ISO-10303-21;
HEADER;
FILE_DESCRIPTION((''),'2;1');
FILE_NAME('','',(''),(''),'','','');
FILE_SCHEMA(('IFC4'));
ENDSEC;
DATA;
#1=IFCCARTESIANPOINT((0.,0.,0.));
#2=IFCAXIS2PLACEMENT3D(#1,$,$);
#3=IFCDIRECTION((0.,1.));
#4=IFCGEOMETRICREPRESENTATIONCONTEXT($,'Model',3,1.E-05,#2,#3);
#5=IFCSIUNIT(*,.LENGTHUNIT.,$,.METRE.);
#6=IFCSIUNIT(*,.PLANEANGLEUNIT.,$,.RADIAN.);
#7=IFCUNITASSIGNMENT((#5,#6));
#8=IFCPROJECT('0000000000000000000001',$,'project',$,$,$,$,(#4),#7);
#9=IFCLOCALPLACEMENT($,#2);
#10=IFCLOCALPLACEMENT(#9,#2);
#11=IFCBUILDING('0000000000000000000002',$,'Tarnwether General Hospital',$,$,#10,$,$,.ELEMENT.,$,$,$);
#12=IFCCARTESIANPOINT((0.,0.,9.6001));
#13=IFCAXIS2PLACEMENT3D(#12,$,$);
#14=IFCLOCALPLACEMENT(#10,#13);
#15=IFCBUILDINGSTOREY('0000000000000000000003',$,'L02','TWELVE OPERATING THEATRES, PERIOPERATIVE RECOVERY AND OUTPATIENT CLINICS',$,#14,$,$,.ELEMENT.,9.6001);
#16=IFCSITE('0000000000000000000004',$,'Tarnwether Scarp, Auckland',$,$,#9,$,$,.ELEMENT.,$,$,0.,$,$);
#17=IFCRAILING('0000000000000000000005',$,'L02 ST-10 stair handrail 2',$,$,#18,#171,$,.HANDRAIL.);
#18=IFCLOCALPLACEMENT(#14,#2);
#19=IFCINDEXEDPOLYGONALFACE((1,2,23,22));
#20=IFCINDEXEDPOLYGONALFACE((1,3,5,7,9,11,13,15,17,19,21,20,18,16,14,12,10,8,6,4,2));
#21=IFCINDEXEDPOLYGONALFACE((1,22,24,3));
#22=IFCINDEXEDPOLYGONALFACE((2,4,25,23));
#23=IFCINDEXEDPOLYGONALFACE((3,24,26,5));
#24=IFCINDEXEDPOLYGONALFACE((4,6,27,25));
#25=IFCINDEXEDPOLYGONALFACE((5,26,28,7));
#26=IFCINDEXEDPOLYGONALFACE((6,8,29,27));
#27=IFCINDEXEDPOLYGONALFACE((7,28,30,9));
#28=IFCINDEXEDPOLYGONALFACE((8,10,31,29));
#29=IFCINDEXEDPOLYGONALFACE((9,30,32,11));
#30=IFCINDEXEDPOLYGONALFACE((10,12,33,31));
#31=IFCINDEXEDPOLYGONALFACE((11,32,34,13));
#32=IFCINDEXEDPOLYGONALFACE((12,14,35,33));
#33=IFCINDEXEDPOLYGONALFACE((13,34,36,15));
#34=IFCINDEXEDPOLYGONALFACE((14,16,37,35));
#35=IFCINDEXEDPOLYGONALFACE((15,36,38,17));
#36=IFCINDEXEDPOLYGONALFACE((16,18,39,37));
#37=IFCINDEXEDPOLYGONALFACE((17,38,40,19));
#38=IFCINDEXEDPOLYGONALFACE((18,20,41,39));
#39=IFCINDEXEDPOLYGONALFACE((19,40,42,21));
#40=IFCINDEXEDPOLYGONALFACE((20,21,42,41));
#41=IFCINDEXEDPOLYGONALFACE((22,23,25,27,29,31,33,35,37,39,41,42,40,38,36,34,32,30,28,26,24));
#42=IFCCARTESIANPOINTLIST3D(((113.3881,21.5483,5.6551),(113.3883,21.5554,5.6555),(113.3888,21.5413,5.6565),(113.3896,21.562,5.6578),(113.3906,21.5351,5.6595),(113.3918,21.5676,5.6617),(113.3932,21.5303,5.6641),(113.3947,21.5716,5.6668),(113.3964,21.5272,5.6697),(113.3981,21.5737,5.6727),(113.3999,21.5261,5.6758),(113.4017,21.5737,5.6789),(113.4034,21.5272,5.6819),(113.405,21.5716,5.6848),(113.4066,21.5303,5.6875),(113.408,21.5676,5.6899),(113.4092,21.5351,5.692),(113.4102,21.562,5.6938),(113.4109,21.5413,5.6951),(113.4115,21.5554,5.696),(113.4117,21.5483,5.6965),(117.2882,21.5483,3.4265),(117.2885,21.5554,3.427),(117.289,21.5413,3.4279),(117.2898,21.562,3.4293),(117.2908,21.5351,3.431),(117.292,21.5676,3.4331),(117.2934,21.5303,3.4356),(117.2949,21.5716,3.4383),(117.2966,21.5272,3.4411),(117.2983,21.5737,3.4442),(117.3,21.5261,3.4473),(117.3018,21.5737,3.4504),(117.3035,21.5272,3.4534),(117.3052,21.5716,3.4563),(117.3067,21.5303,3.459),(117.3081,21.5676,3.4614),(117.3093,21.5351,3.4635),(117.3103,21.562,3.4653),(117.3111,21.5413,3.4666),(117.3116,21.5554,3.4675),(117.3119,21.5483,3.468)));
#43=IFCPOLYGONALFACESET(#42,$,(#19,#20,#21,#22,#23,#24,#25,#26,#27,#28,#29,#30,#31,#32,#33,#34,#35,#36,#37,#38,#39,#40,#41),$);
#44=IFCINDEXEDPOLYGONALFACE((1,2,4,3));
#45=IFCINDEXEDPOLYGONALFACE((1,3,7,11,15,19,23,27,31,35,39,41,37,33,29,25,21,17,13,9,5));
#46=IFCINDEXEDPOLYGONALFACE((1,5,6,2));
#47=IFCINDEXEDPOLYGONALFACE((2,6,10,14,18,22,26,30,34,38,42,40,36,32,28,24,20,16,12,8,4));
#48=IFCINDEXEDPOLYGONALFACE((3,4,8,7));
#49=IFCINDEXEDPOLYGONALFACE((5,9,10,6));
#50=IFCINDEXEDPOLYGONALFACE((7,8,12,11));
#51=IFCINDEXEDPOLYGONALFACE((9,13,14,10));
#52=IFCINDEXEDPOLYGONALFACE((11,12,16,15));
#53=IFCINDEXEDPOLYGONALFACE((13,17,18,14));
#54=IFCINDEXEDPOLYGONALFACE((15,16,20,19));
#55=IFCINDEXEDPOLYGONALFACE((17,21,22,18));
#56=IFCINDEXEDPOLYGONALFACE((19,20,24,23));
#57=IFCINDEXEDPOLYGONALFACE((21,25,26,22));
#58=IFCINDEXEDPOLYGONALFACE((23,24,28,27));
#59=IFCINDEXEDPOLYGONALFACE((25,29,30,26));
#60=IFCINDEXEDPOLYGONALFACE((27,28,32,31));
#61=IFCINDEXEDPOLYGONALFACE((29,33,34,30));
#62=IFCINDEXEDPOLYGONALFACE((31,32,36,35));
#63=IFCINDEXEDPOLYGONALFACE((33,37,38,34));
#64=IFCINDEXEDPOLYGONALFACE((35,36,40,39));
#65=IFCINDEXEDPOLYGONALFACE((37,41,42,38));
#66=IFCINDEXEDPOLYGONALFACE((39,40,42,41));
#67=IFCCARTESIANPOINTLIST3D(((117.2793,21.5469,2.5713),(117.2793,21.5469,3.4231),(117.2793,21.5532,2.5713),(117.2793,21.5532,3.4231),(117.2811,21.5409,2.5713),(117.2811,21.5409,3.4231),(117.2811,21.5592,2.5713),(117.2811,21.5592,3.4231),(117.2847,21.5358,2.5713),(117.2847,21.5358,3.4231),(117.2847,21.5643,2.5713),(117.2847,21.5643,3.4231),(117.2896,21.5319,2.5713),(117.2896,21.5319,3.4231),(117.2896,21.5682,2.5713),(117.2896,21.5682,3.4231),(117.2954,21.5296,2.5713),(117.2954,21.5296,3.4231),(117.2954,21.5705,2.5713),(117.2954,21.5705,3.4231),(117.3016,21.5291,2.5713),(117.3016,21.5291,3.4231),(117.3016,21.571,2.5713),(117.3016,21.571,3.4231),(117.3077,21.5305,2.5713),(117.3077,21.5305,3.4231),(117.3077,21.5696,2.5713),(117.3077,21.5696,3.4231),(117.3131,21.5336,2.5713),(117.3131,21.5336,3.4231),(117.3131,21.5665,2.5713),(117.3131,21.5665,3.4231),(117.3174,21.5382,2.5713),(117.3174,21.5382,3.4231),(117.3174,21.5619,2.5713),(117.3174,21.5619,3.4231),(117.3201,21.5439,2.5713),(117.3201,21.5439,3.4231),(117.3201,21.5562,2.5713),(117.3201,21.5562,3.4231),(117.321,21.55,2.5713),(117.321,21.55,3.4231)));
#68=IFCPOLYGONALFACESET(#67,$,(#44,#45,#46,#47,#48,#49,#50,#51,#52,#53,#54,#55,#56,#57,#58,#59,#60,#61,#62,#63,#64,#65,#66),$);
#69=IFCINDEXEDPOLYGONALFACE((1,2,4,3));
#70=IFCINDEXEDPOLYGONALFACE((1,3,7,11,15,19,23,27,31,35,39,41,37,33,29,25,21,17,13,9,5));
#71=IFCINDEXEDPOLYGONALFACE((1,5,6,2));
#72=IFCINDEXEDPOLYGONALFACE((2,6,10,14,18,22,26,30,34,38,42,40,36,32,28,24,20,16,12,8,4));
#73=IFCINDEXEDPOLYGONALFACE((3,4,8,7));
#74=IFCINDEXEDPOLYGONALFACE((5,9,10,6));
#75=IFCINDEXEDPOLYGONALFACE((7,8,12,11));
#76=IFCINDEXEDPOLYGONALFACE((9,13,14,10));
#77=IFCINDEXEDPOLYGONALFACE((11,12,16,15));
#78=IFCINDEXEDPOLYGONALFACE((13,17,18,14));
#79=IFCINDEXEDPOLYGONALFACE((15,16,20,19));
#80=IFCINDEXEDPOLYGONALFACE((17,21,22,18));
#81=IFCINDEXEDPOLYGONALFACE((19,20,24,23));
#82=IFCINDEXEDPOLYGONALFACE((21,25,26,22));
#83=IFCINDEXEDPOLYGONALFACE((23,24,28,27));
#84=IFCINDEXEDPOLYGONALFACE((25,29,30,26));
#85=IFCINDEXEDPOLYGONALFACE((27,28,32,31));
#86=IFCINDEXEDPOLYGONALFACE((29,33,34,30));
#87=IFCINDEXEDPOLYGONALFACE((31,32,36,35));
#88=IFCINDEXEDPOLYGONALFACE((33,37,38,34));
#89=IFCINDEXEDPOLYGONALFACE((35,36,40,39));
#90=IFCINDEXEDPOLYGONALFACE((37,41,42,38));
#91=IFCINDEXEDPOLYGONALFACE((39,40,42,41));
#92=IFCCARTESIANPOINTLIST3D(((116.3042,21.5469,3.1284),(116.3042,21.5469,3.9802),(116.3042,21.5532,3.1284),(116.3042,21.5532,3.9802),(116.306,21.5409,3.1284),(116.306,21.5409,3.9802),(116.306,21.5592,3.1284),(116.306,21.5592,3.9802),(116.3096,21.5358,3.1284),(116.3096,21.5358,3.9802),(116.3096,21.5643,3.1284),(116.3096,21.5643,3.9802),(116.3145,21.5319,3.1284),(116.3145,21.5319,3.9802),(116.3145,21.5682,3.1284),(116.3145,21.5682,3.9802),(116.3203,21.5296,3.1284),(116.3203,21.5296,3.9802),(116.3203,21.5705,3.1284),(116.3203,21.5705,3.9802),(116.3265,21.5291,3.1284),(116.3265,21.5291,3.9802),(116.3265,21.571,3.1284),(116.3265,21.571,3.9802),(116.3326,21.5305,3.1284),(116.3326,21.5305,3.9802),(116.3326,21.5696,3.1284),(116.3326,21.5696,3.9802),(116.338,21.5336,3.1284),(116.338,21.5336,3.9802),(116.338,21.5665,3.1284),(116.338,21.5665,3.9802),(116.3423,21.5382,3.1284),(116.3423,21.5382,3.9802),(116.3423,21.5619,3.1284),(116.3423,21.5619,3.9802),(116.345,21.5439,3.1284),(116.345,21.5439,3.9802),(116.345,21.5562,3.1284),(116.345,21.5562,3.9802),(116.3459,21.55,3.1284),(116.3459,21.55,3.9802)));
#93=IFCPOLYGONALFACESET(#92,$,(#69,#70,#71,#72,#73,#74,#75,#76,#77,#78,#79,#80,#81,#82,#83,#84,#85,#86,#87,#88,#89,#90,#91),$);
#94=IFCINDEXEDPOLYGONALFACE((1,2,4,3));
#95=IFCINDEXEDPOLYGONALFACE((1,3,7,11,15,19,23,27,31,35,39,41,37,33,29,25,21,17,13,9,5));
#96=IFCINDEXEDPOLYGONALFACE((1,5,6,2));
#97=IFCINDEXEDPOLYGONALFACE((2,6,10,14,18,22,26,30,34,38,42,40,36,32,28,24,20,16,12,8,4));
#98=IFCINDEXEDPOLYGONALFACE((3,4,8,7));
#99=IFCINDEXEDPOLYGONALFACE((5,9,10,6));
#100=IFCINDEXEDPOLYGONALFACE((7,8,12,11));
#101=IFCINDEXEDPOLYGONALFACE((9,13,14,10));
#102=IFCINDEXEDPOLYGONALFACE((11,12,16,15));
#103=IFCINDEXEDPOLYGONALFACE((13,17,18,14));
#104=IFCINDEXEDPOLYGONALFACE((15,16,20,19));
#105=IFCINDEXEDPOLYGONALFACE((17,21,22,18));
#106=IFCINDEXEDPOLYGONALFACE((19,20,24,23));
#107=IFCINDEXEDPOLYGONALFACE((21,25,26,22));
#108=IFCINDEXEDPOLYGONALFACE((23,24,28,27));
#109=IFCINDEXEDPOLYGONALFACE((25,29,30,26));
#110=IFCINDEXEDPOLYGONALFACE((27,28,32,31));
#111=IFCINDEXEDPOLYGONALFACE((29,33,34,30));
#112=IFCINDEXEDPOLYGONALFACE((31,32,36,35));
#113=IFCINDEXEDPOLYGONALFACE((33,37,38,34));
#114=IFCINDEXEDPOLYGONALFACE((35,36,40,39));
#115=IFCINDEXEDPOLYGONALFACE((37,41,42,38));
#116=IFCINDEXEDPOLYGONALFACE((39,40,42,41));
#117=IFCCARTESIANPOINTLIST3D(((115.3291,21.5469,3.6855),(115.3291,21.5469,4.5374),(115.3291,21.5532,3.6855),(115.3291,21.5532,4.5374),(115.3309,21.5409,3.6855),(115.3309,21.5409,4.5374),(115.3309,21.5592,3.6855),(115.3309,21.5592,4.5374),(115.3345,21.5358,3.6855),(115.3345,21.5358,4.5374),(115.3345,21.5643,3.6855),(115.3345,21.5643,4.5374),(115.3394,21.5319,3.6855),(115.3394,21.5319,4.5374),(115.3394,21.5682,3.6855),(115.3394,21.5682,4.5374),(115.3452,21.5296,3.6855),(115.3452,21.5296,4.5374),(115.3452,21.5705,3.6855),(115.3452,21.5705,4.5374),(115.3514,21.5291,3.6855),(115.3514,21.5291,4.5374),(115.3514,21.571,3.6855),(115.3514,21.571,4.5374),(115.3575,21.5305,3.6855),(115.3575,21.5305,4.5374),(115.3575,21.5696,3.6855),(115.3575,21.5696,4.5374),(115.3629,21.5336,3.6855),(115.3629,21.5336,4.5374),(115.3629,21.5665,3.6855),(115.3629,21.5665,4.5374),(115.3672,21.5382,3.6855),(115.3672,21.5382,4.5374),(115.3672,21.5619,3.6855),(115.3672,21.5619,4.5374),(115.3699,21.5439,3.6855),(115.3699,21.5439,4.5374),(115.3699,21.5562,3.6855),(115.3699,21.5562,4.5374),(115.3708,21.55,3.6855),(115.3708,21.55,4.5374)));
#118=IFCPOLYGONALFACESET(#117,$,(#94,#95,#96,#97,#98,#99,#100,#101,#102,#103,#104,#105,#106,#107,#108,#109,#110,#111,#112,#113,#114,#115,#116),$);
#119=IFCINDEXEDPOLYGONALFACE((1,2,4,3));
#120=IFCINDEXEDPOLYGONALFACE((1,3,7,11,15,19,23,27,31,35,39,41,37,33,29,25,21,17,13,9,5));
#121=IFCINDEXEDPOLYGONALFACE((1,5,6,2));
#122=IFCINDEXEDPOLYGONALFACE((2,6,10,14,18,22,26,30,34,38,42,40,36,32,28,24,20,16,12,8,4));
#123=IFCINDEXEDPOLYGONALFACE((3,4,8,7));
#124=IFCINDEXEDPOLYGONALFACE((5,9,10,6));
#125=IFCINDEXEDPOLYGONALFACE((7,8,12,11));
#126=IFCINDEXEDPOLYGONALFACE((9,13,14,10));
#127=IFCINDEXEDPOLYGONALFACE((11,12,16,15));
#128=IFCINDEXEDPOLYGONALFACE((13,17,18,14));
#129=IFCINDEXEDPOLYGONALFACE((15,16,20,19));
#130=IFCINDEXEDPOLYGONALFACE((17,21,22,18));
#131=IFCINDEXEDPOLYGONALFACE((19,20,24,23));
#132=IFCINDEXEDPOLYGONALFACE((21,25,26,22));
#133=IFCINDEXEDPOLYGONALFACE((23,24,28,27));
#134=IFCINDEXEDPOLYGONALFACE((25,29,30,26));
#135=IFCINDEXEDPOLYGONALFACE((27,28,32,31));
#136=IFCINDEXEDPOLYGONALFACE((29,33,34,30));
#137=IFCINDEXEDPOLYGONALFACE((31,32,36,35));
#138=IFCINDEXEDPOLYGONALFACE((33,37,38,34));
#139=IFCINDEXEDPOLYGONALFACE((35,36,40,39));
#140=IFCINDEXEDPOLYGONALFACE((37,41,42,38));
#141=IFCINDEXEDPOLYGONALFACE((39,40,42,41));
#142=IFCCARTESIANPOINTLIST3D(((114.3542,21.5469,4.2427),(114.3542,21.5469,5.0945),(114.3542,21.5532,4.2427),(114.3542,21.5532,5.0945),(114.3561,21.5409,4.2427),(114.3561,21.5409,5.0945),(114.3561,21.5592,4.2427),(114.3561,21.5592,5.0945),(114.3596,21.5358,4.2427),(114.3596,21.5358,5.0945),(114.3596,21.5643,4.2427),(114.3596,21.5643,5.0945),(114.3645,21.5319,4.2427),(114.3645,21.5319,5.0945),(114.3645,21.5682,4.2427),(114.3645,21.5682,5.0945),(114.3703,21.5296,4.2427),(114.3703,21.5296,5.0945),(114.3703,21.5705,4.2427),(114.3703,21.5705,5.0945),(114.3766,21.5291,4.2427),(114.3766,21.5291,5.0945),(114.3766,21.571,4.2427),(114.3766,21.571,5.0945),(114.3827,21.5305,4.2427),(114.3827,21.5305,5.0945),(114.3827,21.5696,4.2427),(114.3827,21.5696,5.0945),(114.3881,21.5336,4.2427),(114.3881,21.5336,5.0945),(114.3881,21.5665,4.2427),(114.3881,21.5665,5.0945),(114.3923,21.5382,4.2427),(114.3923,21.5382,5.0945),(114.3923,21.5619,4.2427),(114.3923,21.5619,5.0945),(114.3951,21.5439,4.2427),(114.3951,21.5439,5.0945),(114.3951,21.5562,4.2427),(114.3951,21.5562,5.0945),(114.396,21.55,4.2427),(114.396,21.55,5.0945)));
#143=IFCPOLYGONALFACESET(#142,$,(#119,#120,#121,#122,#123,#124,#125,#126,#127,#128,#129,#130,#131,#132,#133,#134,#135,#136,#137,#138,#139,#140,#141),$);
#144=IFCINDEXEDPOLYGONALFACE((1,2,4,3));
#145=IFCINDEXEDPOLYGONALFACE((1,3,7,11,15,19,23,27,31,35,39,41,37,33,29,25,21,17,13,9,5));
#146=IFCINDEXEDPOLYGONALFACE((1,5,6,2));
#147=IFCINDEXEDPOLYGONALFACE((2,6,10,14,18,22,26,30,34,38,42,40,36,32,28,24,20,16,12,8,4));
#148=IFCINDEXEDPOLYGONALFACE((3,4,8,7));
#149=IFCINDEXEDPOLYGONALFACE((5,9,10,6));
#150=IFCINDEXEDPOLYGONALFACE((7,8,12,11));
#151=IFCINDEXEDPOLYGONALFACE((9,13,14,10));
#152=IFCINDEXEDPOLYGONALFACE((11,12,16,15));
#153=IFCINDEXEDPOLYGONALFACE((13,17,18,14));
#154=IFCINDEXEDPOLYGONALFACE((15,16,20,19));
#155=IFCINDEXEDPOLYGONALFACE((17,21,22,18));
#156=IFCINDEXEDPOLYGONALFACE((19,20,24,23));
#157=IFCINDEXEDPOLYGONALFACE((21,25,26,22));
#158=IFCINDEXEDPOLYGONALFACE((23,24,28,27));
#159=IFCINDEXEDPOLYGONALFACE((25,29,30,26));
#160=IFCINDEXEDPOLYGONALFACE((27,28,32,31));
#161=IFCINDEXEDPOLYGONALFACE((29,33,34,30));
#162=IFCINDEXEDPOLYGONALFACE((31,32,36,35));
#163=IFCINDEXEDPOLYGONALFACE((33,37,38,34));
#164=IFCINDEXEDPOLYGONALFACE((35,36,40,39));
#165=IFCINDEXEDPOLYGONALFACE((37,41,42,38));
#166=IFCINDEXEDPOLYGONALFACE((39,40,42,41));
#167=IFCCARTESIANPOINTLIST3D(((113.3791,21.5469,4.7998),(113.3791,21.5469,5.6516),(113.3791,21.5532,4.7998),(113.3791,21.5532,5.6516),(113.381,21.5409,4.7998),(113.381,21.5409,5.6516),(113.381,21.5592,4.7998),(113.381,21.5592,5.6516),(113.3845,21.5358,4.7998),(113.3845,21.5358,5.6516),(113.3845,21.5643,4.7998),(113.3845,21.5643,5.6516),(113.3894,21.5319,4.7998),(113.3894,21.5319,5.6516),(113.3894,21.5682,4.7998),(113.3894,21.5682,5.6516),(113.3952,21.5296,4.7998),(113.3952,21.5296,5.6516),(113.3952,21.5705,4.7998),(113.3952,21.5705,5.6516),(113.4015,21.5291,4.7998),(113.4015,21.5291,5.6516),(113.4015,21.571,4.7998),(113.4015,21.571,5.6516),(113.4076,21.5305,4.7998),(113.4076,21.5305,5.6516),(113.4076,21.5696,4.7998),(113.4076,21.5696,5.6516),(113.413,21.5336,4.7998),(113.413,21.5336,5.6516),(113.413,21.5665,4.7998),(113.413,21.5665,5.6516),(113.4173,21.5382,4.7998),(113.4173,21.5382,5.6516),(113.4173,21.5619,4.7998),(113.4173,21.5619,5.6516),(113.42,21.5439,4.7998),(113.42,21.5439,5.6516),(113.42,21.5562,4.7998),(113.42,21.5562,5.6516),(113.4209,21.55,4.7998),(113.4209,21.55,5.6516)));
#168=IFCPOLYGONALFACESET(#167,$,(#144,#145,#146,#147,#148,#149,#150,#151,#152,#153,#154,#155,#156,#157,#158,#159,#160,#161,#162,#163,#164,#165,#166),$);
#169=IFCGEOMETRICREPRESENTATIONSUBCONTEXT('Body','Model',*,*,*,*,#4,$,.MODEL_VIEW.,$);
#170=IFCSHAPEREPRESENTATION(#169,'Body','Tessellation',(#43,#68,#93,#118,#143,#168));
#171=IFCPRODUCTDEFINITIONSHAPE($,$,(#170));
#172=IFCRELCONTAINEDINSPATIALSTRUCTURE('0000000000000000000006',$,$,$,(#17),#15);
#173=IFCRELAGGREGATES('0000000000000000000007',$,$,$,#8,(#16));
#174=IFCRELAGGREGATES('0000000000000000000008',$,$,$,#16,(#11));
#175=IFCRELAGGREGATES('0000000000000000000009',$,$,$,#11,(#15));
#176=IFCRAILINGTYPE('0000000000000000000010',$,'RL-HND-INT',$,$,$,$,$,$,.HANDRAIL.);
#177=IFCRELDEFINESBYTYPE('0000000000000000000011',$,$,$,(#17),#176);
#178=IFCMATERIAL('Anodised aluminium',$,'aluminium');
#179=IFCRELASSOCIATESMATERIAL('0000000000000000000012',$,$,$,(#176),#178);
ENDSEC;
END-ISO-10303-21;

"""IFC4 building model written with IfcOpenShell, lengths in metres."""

from ifc_helpers import new_model, si_unit, direction, frame, origin, origin_2d, place, context, subcontext, project, spatial, circle, extrude, material, type_object, element, save


model = new_model("IFC4")

# Units and contexts
model_context = context("Model", 3, precision=1e-05, world=origin(), true_north=direction((0.0, 1.0)))
body_context = subcontext(model_context, "Body", "Model", "MODEL_VIEW")
ifc_project = project(units=[si_unit("LENGTHUNIT", "METRE"), si_unit("PLANEANGLEUNIT", "RADIAN")], contexts=[model_context])

# Site, building, storey
site_placement = place(None, origin())
site = spatial("IfcSite", under=ifc_project, at=site_placement, Name="Tarnwether Scarp, Auckland", CompositionType="ELEMENT", RefElevation=0.0)
building_placement = place(site_placement, origin())
building = spatial("IfcBuilding", under=site, at=building_placement, Name="Tarnwether General Hospital", CompositionType="ELEMENT")
storey_placement = place(building_placement, frame((0.0, 0.0, 9.6001)))
storey = spatial("IfcBuildingStorey", under=building, at=storey_placement, Name="L02", Description="TWELVE OPERATING THEATRES, PERIOPERATIVE RECOVERY AND OUTPATIENT CLINICS", CompositionType="ELEMENT", Elevation=9.6001)

# Railing
ifc_material_1 = material(Name="Anodised aluminium", Category="aluminium")
railing_type_1 = type_object("IfcRailingType", Name="RL-HND-INT", PredefinedType="HANDRAIL", material=ifc_material_1)
railing_1_placement = place(storey_placement, frame((117.3, 21.55, 2.5713)))
element("IfcRailing", 1, at=railing_1_placement, inside=storey, type_object=railing_type_1, Name="L02 ST-10 stair handrail 2", PredefinedType="HANDRAIL", context=body_context, shape_type="SweptSolid", body=[
    extrude(circle(Radius=0.0239, at=origin_2d()), frame((0.0, 0.0, 0.876), z_axis=(-0.868257, 0.0, 0.496116), x_axis=(0.0, -1.0, 0.0)), (0.0, 0.0, 1.0), 4.4919),
    extrude(circle(Radius=0.021, at=origin_2d()), origin(), (0.0, 0.0, 1.0), 0.8518),
    extrude(circle(Radius=0.021, at=origin_2d()), frame((-0.9751, 0.0, 0.5571)), (0.0, 0.0, 1.0), 0.8518),
    extrude(circle(Radius=0.021, at=origin_2d()), frame((-1.9502, 0.0, 1.1143)), (0.0, 0.0, 1.0), 0.8518),
    extrude(circle(Radius=0.021, at=origin_2d()), frame((-2.925, 0.0, 1.6714)), (0.0, 0.0, 1.0), 0.8518),
    extrude(circle(Radius=0.021, at=origin_2d()), frame((-3.9001, 0.0, 2.2285)), (0.0, 0.0, 1.0), 0.8518),
])

save(model, "model.ifc")
